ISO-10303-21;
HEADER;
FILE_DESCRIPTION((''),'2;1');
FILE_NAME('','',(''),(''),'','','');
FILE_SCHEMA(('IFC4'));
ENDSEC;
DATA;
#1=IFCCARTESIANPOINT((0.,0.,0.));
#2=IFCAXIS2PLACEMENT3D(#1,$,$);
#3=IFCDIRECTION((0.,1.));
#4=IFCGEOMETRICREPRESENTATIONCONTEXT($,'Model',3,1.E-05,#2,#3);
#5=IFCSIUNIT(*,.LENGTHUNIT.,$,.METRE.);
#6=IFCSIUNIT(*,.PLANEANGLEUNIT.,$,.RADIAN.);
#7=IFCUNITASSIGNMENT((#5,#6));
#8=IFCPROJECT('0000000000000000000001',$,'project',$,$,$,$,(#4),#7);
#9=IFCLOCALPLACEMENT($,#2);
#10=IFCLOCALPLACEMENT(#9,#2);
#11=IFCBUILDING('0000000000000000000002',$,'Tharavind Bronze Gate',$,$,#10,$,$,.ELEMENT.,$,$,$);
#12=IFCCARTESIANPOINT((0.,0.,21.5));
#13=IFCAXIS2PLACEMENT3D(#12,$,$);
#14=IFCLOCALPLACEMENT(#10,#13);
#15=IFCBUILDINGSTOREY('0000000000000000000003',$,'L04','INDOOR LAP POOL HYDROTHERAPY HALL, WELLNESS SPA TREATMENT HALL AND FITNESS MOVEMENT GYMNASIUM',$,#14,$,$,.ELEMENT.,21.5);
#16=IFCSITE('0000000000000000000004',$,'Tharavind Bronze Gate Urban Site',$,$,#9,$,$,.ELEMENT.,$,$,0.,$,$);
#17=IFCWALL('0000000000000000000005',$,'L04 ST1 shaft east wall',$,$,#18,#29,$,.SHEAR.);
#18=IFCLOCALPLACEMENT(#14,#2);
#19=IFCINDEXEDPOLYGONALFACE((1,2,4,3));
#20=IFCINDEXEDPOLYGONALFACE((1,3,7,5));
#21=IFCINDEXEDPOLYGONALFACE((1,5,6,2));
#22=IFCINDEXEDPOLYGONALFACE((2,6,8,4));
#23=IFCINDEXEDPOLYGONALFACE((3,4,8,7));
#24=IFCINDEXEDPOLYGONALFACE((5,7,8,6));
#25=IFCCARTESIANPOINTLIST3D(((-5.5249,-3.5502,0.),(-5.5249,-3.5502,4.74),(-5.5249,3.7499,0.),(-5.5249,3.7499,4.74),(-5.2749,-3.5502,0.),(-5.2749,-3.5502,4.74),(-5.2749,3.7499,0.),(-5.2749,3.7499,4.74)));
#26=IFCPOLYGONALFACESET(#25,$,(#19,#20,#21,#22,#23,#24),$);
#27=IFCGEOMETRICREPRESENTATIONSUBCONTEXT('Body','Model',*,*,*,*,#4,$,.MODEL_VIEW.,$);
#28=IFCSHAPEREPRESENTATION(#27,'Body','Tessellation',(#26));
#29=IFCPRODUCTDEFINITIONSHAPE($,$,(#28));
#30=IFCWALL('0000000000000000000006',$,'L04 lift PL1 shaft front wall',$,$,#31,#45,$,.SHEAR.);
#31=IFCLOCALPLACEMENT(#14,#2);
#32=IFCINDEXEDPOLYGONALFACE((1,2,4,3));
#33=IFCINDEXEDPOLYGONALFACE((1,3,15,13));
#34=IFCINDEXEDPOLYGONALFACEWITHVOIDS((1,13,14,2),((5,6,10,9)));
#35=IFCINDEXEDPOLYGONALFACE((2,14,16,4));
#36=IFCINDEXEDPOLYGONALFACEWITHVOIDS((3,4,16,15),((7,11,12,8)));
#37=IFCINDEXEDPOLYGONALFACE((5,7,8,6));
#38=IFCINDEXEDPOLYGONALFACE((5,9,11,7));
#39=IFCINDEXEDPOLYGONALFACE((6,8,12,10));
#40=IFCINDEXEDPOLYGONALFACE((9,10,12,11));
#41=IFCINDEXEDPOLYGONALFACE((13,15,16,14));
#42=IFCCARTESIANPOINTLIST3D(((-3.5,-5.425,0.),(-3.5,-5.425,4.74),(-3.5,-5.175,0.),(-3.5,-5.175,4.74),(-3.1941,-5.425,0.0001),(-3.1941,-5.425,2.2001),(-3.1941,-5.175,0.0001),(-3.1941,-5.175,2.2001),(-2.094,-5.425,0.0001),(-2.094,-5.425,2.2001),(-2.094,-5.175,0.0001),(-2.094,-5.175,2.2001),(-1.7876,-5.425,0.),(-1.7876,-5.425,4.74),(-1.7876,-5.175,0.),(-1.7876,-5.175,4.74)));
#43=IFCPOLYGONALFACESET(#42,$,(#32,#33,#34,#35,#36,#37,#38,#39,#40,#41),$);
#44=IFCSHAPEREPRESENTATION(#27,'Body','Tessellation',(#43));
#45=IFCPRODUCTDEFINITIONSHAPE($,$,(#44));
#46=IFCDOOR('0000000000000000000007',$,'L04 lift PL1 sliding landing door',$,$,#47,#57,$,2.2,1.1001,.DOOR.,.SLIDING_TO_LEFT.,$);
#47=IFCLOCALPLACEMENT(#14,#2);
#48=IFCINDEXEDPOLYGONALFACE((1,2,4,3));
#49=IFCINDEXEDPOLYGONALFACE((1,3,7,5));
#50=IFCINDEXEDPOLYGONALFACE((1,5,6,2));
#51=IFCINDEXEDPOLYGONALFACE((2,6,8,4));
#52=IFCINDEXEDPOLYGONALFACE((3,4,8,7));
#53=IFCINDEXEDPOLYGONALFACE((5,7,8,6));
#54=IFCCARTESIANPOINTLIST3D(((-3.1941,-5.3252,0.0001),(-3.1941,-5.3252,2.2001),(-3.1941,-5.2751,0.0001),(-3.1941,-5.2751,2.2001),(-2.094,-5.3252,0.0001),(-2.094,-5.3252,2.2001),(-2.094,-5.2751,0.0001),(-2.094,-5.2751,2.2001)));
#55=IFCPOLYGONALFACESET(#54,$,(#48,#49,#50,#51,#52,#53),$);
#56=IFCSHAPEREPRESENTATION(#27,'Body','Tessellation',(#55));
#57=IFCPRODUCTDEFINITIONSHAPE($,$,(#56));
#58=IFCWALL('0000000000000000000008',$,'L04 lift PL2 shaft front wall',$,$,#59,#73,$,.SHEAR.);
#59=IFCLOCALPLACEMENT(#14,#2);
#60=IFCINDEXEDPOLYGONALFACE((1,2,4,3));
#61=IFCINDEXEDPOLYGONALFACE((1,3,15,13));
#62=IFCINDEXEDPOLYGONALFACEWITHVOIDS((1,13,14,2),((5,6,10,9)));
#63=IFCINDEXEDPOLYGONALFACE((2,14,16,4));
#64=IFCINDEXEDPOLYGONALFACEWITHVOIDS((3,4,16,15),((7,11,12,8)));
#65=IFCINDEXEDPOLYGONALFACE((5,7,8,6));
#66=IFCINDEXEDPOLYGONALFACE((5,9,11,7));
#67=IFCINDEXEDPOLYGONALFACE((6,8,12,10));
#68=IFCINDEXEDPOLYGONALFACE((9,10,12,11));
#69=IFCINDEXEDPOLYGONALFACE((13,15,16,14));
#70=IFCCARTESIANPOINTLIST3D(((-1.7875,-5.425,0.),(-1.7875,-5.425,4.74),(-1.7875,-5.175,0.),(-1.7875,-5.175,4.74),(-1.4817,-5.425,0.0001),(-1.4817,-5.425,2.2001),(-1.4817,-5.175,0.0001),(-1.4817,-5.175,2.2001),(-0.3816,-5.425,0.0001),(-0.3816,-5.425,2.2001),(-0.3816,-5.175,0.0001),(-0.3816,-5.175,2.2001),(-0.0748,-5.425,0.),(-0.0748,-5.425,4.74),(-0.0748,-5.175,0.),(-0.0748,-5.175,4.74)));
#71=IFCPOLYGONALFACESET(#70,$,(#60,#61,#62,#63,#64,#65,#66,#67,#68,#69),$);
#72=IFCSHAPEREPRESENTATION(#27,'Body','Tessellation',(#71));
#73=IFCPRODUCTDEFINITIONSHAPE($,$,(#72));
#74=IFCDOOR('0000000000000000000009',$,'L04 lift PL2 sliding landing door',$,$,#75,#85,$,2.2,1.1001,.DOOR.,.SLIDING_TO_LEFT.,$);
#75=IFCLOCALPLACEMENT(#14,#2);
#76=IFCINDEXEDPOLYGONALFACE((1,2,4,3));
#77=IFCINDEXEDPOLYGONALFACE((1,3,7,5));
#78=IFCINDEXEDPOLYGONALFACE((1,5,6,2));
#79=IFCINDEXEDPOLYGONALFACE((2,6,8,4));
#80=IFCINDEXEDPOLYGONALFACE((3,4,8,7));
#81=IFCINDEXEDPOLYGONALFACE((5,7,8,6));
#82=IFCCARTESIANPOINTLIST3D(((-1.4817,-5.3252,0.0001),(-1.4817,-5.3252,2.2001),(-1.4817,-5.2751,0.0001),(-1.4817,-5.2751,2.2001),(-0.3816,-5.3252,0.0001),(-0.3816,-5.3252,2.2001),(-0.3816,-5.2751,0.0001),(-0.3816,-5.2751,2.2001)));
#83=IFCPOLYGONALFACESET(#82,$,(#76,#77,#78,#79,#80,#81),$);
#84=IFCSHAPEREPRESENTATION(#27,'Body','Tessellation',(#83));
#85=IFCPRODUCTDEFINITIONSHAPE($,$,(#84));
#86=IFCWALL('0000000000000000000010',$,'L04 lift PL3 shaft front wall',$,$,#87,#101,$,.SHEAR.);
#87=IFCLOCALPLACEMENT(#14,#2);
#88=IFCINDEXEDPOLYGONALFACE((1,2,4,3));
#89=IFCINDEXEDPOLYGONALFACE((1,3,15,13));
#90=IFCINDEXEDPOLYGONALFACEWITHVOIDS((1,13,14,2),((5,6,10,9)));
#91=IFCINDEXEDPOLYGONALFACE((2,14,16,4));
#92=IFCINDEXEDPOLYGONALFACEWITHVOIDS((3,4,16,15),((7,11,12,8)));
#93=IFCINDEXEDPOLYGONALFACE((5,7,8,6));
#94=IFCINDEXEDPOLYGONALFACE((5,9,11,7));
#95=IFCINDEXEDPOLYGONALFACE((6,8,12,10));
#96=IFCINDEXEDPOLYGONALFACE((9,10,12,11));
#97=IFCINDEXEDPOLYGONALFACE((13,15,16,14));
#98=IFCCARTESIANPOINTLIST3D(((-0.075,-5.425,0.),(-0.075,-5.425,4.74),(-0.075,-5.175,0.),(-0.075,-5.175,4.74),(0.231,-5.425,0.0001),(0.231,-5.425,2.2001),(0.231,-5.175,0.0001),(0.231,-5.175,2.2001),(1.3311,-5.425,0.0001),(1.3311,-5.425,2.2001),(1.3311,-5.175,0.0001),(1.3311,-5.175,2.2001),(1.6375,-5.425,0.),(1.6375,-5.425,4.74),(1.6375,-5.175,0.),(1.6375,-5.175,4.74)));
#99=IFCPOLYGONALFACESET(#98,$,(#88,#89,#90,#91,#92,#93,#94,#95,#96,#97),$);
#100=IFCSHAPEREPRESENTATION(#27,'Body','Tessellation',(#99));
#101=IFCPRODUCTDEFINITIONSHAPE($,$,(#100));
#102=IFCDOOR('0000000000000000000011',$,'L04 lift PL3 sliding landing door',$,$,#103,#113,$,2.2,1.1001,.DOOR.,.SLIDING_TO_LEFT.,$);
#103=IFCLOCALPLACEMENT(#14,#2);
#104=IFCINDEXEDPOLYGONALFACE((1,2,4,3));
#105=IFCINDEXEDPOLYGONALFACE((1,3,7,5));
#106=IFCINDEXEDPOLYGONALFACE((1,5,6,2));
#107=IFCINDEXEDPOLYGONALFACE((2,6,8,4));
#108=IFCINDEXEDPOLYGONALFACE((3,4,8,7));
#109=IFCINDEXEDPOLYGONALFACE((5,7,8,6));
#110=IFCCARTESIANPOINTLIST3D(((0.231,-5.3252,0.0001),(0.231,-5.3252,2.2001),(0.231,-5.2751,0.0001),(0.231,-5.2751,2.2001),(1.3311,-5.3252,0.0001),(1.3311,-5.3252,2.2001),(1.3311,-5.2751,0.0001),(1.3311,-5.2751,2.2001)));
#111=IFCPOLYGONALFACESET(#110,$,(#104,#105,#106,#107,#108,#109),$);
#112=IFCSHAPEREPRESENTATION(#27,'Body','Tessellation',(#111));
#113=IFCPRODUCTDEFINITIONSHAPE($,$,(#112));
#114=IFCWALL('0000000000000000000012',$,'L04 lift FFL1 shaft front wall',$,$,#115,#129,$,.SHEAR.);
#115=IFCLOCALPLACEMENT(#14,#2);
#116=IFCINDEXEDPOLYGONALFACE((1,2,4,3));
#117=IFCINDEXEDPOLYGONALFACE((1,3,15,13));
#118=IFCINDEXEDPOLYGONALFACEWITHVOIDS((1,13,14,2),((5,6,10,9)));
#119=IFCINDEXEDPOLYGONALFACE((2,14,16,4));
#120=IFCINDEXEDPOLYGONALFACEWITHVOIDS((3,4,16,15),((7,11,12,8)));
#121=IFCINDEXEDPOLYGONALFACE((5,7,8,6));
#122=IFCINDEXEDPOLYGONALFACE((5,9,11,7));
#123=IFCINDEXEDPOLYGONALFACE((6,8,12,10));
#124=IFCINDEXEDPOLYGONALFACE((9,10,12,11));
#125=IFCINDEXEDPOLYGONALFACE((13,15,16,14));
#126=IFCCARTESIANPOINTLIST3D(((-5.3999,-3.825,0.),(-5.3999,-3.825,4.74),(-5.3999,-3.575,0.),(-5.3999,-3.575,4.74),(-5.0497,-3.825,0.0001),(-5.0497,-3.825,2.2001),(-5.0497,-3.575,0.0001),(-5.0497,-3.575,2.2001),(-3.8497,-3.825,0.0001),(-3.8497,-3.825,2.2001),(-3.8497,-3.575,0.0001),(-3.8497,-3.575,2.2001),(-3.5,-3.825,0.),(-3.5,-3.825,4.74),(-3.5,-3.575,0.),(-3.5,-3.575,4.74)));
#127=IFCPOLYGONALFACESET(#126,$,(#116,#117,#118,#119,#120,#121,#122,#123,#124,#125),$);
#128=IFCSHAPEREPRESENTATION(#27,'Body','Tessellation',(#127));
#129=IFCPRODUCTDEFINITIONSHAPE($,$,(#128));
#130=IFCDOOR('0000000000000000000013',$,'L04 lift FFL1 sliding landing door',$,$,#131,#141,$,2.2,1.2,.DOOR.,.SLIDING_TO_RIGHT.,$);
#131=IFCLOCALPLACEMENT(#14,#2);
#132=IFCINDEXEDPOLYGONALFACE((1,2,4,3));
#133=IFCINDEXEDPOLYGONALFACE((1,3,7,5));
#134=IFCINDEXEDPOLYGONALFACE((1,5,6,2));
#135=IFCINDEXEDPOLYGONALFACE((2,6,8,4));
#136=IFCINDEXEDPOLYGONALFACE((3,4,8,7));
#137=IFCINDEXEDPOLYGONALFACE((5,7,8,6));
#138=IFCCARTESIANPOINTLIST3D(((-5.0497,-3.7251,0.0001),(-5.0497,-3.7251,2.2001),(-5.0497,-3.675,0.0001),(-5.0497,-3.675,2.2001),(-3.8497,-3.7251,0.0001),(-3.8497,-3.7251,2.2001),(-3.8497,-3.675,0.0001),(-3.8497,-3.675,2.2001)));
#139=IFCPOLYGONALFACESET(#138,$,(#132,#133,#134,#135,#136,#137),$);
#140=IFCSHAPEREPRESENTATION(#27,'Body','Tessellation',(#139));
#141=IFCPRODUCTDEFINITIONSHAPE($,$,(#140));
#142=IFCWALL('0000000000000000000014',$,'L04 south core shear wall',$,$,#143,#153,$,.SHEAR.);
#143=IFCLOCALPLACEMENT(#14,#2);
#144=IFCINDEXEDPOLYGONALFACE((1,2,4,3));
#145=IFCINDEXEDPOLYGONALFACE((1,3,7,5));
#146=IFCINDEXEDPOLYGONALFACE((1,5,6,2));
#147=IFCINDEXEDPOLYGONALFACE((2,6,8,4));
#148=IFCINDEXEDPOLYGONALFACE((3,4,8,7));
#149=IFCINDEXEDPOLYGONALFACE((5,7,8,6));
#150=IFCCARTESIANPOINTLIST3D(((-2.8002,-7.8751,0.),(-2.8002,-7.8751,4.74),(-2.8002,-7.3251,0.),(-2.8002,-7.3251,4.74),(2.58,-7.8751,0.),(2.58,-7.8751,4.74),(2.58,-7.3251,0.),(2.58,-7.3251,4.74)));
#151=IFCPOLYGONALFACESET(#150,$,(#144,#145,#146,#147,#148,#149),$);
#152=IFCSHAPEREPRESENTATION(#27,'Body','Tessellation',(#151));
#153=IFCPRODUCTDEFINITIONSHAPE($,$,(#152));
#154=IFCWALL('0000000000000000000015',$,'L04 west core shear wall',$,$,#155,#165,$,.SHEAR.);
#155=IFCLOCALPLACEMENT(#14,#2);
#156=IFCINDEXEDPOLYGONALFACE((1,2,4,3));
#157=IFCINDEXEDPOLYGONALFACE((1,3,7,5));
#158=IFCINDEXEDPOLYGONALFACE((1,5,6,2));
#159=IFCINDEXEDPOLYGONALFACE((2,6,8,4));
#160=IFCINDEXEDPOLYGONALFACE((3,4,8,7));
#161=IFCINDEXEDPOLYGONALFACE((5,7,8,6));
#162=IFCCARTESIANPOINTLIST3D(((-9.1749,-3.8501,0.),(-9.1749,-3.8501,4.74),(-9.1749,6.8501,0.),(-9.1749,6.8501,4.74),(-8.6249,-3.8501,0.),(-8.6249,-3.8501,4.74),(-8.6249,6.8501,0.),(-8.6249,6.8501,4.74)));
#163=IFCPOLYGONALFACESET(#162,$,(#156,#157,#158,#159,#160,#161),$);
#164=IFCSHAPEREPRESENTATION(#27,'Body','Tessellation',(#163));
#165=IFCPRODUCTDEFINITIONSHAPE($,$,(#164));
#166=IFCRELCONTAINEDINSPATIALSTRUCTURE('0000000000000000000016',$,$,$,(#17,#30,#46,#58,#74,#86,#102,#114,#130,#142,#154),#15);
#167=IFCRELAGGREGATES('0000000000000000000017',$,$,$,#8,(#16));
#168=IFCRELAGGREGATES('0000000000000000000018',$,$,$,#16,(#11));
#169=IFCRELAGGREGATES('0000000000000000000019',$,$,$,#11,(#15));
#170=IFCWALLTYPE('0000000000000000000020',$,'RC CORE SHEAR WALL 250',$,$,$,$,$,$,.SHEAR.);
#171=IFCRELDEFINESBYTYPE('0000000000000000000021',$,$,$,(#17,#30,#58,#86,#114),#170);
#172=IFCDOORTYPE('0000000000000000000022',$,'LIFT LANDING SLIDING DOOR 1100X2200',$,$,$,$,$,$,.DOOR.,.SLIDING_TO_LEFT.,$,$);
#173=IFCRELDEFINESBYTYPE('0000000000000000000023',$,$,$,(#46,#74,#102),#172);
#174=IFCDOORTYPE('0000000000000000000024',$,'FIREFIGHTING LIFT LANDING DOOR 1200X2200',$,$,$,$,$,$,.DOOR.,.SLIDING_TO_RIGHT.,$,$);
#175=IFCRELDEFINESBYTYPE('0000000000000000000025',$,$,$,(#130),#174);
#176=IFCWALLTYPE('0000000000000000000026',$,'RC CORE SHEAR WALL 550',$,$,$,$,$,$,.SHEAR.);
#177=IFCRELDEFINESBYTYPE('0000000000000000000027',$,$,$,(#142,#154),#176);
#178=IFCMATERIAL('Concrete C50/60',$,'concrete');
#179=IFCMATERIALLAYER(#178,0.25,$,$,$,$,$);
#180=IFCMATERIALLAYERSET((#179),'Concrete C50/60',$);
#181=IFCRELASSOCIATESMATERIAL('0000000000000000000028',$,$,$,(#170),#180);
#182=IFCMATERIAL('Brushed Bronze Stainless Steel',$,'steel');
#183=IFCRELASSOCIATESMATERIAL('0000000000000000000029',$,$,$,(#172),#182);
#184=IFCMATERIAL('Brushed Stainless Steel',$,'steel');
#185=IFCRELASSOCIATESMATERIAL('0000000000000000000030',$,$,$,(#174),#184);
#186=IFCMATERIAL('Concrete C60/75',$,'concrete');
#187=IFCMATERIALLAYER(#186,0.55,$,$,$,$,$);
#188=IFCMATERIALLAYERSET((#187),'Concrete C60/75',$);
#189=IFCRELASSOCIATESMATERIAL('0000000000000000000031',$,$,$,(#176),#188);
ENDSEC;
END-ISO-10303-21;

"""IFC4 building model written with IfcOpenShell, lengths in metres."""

from ifc_helpers import new_model, si_unit, direction, frame, frame_2d, origin, place, context, subcontext, project, spatial, rectangle, extrude, material, layer, layer_set, type_object, element, fill, save


model = new_model("IFC4")

# Units and contexts
model_context = context("Model", 3, precision=1e-05, world=origin(), true_north=direction((0.0, 1.0)))
body_context = subcontext(model_context, "Body", "Model", "MODEL_VIEW")
ifc_project = project(units=[si_unit("LENGTHUNIT", "METRE"), si_unit("PLANEANGLEUNIT", "RADIAN")], contexts=[model_context])

# Site, building, storey
site_placement = place(None, origin())
site = spatial("IfcSite", under=ifc_project, at=site_placement, Name="Tharavind Bronze Gate Urban Site", CompositionType="ELEMENT", RefElevation=0.0)
building_placement = place(site_placement, origin())
building = spatial("IfcBuilding", under=site, at=building_placement, Name="Tharavind Bronze Gate", CompositionType="ELEMENT")
storey_placement = place(building_placement, frame((0.0, 0.0, 21.5)))
storey = spatial("IfcBuildingStorey", under=building, at=storey_placement, Name="L04", Description="INDOOR LAP POOL HYDROTHERAPY HALL, WELLNESS SPA TREATMENT HALL AND FITNESS MOVEMENT GYMNASIUM", CompositionType="ELEMENT", Elevation=21.5)

# Wall
ifc_material_1 = material(Name="Concrete C50/60", Category="concrete")
ifc_layer_1 = layer(ifc_material_1, 0.25)
ifc_layer_set_1 = layer_set([ifc_layer_1], Name="Concrete C50/60")
wall_type_1 = type_object("IfcWallType", Name="RC CORE SHEAR WALL 250", PredefinedType="SHEAR", material=ifc_layer_set_1)
wall_1_placement = place(storey_placement, frame((-5.3999, -3.55, 0.0), z_axis=(0.0, 0.0, 1.0), x_axis=(0.0, 1.0, 0.0)))
element("IfcWall", 1, at=wall_1_placement, inside=storey, type_object=wall_type_1, Name="L04 ST1 shaft east wall", PredefinedType="SHEAR", context=body_context, shape_type="SweptSolid", body=[
    extrude(rectangle(XDim=7.3, YDim=0.25, at=frame_2d((3.6499, 0.0))), origin(), (0.0, 0.0, 1.0), 4.74),
])

# Walls, openings, doors
wall_2_placement = place(storey_placement, frame((-3.5, -5.3, 0.0), z_axis=(0.0, 0.0, 1.0), x_axis=(1.0, 0.0, 0.0)))
wall_2 = element("IfcWall", 2, at=wall_2_placement, inside=storey, type_object=wall_type_1, Name="L04 lift PL1 shaft front wall", PredefinedType="SHEAR", context=body_context, shape_type="SweptSolid", body=[
    extrude(rectangle(XDim=1.7124, YDim=0.25, at=frame_2d((0.8562, 0.0))), origin(), (0.0, 0.0, 1.0), 4.74),
])
opening_1_placement = place(wall_2_placement, frame((0.3059, 0.0, 0.0)))
opening_1 = element("IfcOpeningElement", 3, at=opening_1_placement, cuts=wall_2, PredefinedType="OPENING", context=body_context, shape_type="SweptSolid", body=[
    extrude(rectangle(XDim=1.1001, YDim=2.2, at=frame_2d((0.55, 1.1001))), frame((0.0, 0.135, 0.0), z_axis=(0.0, -1.0, 0.0), x_axis=(1.0, 0.0, 0.0)), (0.0, 0.0, 1.0), 0.27),
])
ifc_material_2 = material(Name="Brushed Bronze Stainless Steel", Category="steel")
door_type_1 = type_object("IfcDoorType", Name="LIFT LANDING SLIDING DOOR 1100X2200", OperationType="SLIDING_TO_LEFT", PredefinedType="DOOR", material=ifc_material_2)
door_1_placement = place(opening_1_placement, origin())
door_1 = element("IfcDoor", 4, at=door_1_placement, inside=storey, type_object=door_type_1, Name="L04 lift PL1 sliding landing door", OperationType="SLIDING_TO_LEFT", OverallHeight=2.2, OverallWidth=1.1001, PredefinedType="DOOR", context=body_context, shape_type="SweptSolid", body=[
    extrude(rectangle(XDim=1.1001, YDim=2.2, at=frame_2d((0.55, 1.1001))), frame((0.0, 0.0249, 0.0), z_axis=(0.0, -1.0, 0.0), x_axis=(1.0, 0.0, 0.0)), (0.0, 0.0, 1.0), 0.05),
])
fill(opening_1, door_1)
wall_3_placement = place(storey_placement, frame((-1.7876, -5.3, 0.0), z_axis=(0.0, 0.0, 1.0), x_axis=(1.0, 0.0, 0.0)))
wall_3 = element("IfcWall", 5, at=wall_3_placement, inside=storey, type_object=wall_type_1, Name="L04 lift PL2 shaft front wall", PredefinedType="SHEAR", context=body_context, shape_type="SweptSolid", body=[
    extrude(rectangle(XDim=1.7126, YDim=0.25, at=frame_2d((0.8564, 0.0))), origin(), (0.0, 0.0, 1.0), 4.74),
])
opening_2_placement = place(wall_3_placement, frame((0.3059, 0.0, 0.0)))
opening_2 = element("IfcOpeningElement", 6, at=opening_2_placement, cuts=wall_3, PredefinedType="OPENING", context=body_context, shape_type="SweptSolid", body=[
    extrude(rectangle(XDim=1.1001, YDim=2.2, at=frame_2d((0.55, 1.1001))), frame((0.0, 0.135, 0.0), z_axis=(0.0, -1.0, 0.0), x_axis=(1.0, 0.0, 0.0)), (0.0, 0.0, 1.0), 0.27),
])
door_2_placement = place(opening_2_placement, origin())
door_2 = element("IfcDoor", 7, at=door_2_placement, inside=storey, type_object=door_type_1, Name="L04 lift PL2 sliding landing door", OperationType="SLIDING_TO_LEFT", OverallHeight=2.2, OverallWidth=1.1001, PredefinedType="DOOR", context=body_context, shape_type="SweptSolid", body=[
    extrude(rectangle(XDim=1.1001, YDim=2.2, at=frame_2d((0.55, 1.1001))), frame((0.0, 0.0249, 0.0), z_axis=(0.0, -1.0, 0.0), x_axis=(1.0, 0.0, 0.0)), (0.0, 0.0, 1.0), 0.05),
])
fill(opening_2, door_2)
wall_4_placement = place(storey_placement, frame((-0.075, -5.3, 0.0), z_axis=(0.0, 0.0, 1.0), x_axis=(1.0, 0.0, 0.0)))
wall_4 = element("IfcWall", 8, at=wall_4_placement, inside=storey, type_object=wall_type_1, Name="L04 lift PL3 shaft front wall", PredefinedType="SHEAR", context=body_context, shape_type="SweptSolid", body=[
    extrude(rectangle(XDim=1.7124, YDim=0.25, at=frame_2d((0.8562, 0.0))), origin(), (0.0, 0.0, 1.0), 4.74),
])
opening_3_placement = place(wall_4_placement, frame((0.3059, 0.0, 0.0)))
opening_3 = element("IfcOpeningElement", 9, at=opening_3_placement, cuts=wall_4, PredefinedType="OPENING", context=body_context, shape_type="SweptSolid", body=[
    extrude(rectangle(XDim=1.1001, YDim=2.2, at=frame_2d((0.55, 1.1001))), frame((0.0, 0.135, 0.0), z_axis=(0.0, -1.0, 0.0), x_axis=(1.0, 0.0, 0.0)), (0.0, 0.0, 1.0), 0.27),
])
door_3_placement = place(opening_3_placement, origin())
door_3 = element("IfcDoor", 10, at=door_3_placement, inside=storey, type_object=door_type_1, Name="L04 lift PL3 sliding landing door", OperationType="SLIDING_TO_LEFT", OverallHeight=2.2, OverallWidth=1.1001, PredefinedType="DOOR", context=body_context, shape_type="SweptSolid", body=[
    extrude(rectangle(XDim=1.1001, YDim=2.2, at=frame_2d((0.55, 1.1001))), frame((0.0, 0.0249, 0.0), z_axis=(0.0, -1.0, 0.0), x_axis=(1.0, 0.0, 0.0)), (0.0, 0.0, 1.0), 0.05),
])
fill(opening_3, door_3)
wall_5_placement = place(storey_placement, frame((-5.3999, -3.7, 0.0), z_axis=(0.0, 0.0, 1.0), x_axis=(1.0, 0.0, 0.0)))
wall_5 = element("IfcWall", 11, at=wall_5_placement, inside=storey, type_object=wall_type_1, Name="L04 lift FFL1 shaft front wall", PredefinedType="SHEAR", context=body_context, shape_type="SweptSolid", body=[
    extrude(rectangle(XDim=1.8999, YDim=0.25, at=frame_2d((0.95, 0.0))), origin(), (0.0, 0.0, 1.0), 4.74),
])
opening_4_placement = place(wall_5_placement, frame((0.3501, 0.0, 0.0)))
opening_4 = element("IfcOpeningElement", 12, at=opening_4_placement, cuts=wall_5, PredefinedType="OPENING", context=body_context, shape_type="SweptSolid", body=[
    extrude(rectangle(XDim=1.2, YDim=2.2, at=frame_2d((0.6001, 1.1001))), frame((0.0, 0.135, 0.0), z_axis=(0.0, -1.0, 0.0), x_axis=(1.0, 0.0, 0.0)), (0.0, 0.0, 1.0), 0.27),
])
ifc_material_3 = material(Name="Brushed Stainless Steel", Category="steel")
door_type_2 = type_object("IfcDoorType", Name="FIREFIGHTING LIFT LANDING DOOR 1200X2200", OperationType="SLIDING_TO_RIGHT", PredefinedType="DOOR", material=ifc_material_3)
door_4_placement = place(opening_4_placement, origin())
door_4 = element("IfcDoor", 13, at=door_4_placement, inside=storey, type_object=door_type_2, Name="L04 lift FFL1 sliding landing door", OperationType="SLIDING_TO_RIGHT", OverallHeight=2.2, OverallWidth=1.2, PredefinedType="DOOR", context=body_context, shape_type="SweptSolid", body=[
    extrude(rectangle(XDim=1.2, YDim=2.2, at=frame_2d((0.6001, 1.1001))), frame((0.0, 0.0249, 0.0), z_axis=(0.0, -1.0, 0.0), x_axis=(1.0, 0.0, 0.0)), (0.0, 0.0, 1.0), 0.05),
])
fill(opening_4, door_4)

# Walls
ifc_material_4 = material(Name="Concrete C60/75", Category="concrete")
ifc_layer_2 = layer(ifc_material_4, 0.55)
ifc_layer_set_2 = layer_set([ifc_layer_2], Name="Concrete C60/75")
wall_type_2 = type_object("IfcWallType", Name="RC CORE SHEAR WALL 550", PredefinedType="SHEAR", material=ifc_layer_set_2)
wall_6_placement = place(storey_placement, frame((-2.8, -7.6001, 0.0), z_axis=(0.0, 0.0, 1.0), x_axis=(1.0, 0.0, 0.0)))
element("IfcWall", 14, at=wall_6_placement, inside=storey, type_object=wall_type_2, Name="L04 south core shear wall", PredefinedType="SHEAR", context=body_context, shape_type="SweptSolid", body=[
    extrude(rectangle(XDim=5.3801, YDim=0.55, at=frame_2d((2.6899, 0.0))), origin(), (0.0, 0.0, 1.0), 4.74),
])
wall_7_placement = place(storey_placement, frame((-8.8999, -3.8501, 0.0), z_axis=(0.0, 0.0, 1.0), x_axis=(0.0, 1.0, 0.0)))
element("IfcWall", 15, at=wall_7_placement, inside=storey, type_object=wall_type_2, Name="L04 west core shear wall", PredefinedType="SHEAR", context=body_context, shape_type="SweptSolid", body=[
    extrude(rectangle(XDim=10.7002, YDim=0.55, at=frame_2d((5.3501, 0.0))), origin(), (0.0, 0.0, 1.0), 4.74),
])

save(model, "model.ifc")
